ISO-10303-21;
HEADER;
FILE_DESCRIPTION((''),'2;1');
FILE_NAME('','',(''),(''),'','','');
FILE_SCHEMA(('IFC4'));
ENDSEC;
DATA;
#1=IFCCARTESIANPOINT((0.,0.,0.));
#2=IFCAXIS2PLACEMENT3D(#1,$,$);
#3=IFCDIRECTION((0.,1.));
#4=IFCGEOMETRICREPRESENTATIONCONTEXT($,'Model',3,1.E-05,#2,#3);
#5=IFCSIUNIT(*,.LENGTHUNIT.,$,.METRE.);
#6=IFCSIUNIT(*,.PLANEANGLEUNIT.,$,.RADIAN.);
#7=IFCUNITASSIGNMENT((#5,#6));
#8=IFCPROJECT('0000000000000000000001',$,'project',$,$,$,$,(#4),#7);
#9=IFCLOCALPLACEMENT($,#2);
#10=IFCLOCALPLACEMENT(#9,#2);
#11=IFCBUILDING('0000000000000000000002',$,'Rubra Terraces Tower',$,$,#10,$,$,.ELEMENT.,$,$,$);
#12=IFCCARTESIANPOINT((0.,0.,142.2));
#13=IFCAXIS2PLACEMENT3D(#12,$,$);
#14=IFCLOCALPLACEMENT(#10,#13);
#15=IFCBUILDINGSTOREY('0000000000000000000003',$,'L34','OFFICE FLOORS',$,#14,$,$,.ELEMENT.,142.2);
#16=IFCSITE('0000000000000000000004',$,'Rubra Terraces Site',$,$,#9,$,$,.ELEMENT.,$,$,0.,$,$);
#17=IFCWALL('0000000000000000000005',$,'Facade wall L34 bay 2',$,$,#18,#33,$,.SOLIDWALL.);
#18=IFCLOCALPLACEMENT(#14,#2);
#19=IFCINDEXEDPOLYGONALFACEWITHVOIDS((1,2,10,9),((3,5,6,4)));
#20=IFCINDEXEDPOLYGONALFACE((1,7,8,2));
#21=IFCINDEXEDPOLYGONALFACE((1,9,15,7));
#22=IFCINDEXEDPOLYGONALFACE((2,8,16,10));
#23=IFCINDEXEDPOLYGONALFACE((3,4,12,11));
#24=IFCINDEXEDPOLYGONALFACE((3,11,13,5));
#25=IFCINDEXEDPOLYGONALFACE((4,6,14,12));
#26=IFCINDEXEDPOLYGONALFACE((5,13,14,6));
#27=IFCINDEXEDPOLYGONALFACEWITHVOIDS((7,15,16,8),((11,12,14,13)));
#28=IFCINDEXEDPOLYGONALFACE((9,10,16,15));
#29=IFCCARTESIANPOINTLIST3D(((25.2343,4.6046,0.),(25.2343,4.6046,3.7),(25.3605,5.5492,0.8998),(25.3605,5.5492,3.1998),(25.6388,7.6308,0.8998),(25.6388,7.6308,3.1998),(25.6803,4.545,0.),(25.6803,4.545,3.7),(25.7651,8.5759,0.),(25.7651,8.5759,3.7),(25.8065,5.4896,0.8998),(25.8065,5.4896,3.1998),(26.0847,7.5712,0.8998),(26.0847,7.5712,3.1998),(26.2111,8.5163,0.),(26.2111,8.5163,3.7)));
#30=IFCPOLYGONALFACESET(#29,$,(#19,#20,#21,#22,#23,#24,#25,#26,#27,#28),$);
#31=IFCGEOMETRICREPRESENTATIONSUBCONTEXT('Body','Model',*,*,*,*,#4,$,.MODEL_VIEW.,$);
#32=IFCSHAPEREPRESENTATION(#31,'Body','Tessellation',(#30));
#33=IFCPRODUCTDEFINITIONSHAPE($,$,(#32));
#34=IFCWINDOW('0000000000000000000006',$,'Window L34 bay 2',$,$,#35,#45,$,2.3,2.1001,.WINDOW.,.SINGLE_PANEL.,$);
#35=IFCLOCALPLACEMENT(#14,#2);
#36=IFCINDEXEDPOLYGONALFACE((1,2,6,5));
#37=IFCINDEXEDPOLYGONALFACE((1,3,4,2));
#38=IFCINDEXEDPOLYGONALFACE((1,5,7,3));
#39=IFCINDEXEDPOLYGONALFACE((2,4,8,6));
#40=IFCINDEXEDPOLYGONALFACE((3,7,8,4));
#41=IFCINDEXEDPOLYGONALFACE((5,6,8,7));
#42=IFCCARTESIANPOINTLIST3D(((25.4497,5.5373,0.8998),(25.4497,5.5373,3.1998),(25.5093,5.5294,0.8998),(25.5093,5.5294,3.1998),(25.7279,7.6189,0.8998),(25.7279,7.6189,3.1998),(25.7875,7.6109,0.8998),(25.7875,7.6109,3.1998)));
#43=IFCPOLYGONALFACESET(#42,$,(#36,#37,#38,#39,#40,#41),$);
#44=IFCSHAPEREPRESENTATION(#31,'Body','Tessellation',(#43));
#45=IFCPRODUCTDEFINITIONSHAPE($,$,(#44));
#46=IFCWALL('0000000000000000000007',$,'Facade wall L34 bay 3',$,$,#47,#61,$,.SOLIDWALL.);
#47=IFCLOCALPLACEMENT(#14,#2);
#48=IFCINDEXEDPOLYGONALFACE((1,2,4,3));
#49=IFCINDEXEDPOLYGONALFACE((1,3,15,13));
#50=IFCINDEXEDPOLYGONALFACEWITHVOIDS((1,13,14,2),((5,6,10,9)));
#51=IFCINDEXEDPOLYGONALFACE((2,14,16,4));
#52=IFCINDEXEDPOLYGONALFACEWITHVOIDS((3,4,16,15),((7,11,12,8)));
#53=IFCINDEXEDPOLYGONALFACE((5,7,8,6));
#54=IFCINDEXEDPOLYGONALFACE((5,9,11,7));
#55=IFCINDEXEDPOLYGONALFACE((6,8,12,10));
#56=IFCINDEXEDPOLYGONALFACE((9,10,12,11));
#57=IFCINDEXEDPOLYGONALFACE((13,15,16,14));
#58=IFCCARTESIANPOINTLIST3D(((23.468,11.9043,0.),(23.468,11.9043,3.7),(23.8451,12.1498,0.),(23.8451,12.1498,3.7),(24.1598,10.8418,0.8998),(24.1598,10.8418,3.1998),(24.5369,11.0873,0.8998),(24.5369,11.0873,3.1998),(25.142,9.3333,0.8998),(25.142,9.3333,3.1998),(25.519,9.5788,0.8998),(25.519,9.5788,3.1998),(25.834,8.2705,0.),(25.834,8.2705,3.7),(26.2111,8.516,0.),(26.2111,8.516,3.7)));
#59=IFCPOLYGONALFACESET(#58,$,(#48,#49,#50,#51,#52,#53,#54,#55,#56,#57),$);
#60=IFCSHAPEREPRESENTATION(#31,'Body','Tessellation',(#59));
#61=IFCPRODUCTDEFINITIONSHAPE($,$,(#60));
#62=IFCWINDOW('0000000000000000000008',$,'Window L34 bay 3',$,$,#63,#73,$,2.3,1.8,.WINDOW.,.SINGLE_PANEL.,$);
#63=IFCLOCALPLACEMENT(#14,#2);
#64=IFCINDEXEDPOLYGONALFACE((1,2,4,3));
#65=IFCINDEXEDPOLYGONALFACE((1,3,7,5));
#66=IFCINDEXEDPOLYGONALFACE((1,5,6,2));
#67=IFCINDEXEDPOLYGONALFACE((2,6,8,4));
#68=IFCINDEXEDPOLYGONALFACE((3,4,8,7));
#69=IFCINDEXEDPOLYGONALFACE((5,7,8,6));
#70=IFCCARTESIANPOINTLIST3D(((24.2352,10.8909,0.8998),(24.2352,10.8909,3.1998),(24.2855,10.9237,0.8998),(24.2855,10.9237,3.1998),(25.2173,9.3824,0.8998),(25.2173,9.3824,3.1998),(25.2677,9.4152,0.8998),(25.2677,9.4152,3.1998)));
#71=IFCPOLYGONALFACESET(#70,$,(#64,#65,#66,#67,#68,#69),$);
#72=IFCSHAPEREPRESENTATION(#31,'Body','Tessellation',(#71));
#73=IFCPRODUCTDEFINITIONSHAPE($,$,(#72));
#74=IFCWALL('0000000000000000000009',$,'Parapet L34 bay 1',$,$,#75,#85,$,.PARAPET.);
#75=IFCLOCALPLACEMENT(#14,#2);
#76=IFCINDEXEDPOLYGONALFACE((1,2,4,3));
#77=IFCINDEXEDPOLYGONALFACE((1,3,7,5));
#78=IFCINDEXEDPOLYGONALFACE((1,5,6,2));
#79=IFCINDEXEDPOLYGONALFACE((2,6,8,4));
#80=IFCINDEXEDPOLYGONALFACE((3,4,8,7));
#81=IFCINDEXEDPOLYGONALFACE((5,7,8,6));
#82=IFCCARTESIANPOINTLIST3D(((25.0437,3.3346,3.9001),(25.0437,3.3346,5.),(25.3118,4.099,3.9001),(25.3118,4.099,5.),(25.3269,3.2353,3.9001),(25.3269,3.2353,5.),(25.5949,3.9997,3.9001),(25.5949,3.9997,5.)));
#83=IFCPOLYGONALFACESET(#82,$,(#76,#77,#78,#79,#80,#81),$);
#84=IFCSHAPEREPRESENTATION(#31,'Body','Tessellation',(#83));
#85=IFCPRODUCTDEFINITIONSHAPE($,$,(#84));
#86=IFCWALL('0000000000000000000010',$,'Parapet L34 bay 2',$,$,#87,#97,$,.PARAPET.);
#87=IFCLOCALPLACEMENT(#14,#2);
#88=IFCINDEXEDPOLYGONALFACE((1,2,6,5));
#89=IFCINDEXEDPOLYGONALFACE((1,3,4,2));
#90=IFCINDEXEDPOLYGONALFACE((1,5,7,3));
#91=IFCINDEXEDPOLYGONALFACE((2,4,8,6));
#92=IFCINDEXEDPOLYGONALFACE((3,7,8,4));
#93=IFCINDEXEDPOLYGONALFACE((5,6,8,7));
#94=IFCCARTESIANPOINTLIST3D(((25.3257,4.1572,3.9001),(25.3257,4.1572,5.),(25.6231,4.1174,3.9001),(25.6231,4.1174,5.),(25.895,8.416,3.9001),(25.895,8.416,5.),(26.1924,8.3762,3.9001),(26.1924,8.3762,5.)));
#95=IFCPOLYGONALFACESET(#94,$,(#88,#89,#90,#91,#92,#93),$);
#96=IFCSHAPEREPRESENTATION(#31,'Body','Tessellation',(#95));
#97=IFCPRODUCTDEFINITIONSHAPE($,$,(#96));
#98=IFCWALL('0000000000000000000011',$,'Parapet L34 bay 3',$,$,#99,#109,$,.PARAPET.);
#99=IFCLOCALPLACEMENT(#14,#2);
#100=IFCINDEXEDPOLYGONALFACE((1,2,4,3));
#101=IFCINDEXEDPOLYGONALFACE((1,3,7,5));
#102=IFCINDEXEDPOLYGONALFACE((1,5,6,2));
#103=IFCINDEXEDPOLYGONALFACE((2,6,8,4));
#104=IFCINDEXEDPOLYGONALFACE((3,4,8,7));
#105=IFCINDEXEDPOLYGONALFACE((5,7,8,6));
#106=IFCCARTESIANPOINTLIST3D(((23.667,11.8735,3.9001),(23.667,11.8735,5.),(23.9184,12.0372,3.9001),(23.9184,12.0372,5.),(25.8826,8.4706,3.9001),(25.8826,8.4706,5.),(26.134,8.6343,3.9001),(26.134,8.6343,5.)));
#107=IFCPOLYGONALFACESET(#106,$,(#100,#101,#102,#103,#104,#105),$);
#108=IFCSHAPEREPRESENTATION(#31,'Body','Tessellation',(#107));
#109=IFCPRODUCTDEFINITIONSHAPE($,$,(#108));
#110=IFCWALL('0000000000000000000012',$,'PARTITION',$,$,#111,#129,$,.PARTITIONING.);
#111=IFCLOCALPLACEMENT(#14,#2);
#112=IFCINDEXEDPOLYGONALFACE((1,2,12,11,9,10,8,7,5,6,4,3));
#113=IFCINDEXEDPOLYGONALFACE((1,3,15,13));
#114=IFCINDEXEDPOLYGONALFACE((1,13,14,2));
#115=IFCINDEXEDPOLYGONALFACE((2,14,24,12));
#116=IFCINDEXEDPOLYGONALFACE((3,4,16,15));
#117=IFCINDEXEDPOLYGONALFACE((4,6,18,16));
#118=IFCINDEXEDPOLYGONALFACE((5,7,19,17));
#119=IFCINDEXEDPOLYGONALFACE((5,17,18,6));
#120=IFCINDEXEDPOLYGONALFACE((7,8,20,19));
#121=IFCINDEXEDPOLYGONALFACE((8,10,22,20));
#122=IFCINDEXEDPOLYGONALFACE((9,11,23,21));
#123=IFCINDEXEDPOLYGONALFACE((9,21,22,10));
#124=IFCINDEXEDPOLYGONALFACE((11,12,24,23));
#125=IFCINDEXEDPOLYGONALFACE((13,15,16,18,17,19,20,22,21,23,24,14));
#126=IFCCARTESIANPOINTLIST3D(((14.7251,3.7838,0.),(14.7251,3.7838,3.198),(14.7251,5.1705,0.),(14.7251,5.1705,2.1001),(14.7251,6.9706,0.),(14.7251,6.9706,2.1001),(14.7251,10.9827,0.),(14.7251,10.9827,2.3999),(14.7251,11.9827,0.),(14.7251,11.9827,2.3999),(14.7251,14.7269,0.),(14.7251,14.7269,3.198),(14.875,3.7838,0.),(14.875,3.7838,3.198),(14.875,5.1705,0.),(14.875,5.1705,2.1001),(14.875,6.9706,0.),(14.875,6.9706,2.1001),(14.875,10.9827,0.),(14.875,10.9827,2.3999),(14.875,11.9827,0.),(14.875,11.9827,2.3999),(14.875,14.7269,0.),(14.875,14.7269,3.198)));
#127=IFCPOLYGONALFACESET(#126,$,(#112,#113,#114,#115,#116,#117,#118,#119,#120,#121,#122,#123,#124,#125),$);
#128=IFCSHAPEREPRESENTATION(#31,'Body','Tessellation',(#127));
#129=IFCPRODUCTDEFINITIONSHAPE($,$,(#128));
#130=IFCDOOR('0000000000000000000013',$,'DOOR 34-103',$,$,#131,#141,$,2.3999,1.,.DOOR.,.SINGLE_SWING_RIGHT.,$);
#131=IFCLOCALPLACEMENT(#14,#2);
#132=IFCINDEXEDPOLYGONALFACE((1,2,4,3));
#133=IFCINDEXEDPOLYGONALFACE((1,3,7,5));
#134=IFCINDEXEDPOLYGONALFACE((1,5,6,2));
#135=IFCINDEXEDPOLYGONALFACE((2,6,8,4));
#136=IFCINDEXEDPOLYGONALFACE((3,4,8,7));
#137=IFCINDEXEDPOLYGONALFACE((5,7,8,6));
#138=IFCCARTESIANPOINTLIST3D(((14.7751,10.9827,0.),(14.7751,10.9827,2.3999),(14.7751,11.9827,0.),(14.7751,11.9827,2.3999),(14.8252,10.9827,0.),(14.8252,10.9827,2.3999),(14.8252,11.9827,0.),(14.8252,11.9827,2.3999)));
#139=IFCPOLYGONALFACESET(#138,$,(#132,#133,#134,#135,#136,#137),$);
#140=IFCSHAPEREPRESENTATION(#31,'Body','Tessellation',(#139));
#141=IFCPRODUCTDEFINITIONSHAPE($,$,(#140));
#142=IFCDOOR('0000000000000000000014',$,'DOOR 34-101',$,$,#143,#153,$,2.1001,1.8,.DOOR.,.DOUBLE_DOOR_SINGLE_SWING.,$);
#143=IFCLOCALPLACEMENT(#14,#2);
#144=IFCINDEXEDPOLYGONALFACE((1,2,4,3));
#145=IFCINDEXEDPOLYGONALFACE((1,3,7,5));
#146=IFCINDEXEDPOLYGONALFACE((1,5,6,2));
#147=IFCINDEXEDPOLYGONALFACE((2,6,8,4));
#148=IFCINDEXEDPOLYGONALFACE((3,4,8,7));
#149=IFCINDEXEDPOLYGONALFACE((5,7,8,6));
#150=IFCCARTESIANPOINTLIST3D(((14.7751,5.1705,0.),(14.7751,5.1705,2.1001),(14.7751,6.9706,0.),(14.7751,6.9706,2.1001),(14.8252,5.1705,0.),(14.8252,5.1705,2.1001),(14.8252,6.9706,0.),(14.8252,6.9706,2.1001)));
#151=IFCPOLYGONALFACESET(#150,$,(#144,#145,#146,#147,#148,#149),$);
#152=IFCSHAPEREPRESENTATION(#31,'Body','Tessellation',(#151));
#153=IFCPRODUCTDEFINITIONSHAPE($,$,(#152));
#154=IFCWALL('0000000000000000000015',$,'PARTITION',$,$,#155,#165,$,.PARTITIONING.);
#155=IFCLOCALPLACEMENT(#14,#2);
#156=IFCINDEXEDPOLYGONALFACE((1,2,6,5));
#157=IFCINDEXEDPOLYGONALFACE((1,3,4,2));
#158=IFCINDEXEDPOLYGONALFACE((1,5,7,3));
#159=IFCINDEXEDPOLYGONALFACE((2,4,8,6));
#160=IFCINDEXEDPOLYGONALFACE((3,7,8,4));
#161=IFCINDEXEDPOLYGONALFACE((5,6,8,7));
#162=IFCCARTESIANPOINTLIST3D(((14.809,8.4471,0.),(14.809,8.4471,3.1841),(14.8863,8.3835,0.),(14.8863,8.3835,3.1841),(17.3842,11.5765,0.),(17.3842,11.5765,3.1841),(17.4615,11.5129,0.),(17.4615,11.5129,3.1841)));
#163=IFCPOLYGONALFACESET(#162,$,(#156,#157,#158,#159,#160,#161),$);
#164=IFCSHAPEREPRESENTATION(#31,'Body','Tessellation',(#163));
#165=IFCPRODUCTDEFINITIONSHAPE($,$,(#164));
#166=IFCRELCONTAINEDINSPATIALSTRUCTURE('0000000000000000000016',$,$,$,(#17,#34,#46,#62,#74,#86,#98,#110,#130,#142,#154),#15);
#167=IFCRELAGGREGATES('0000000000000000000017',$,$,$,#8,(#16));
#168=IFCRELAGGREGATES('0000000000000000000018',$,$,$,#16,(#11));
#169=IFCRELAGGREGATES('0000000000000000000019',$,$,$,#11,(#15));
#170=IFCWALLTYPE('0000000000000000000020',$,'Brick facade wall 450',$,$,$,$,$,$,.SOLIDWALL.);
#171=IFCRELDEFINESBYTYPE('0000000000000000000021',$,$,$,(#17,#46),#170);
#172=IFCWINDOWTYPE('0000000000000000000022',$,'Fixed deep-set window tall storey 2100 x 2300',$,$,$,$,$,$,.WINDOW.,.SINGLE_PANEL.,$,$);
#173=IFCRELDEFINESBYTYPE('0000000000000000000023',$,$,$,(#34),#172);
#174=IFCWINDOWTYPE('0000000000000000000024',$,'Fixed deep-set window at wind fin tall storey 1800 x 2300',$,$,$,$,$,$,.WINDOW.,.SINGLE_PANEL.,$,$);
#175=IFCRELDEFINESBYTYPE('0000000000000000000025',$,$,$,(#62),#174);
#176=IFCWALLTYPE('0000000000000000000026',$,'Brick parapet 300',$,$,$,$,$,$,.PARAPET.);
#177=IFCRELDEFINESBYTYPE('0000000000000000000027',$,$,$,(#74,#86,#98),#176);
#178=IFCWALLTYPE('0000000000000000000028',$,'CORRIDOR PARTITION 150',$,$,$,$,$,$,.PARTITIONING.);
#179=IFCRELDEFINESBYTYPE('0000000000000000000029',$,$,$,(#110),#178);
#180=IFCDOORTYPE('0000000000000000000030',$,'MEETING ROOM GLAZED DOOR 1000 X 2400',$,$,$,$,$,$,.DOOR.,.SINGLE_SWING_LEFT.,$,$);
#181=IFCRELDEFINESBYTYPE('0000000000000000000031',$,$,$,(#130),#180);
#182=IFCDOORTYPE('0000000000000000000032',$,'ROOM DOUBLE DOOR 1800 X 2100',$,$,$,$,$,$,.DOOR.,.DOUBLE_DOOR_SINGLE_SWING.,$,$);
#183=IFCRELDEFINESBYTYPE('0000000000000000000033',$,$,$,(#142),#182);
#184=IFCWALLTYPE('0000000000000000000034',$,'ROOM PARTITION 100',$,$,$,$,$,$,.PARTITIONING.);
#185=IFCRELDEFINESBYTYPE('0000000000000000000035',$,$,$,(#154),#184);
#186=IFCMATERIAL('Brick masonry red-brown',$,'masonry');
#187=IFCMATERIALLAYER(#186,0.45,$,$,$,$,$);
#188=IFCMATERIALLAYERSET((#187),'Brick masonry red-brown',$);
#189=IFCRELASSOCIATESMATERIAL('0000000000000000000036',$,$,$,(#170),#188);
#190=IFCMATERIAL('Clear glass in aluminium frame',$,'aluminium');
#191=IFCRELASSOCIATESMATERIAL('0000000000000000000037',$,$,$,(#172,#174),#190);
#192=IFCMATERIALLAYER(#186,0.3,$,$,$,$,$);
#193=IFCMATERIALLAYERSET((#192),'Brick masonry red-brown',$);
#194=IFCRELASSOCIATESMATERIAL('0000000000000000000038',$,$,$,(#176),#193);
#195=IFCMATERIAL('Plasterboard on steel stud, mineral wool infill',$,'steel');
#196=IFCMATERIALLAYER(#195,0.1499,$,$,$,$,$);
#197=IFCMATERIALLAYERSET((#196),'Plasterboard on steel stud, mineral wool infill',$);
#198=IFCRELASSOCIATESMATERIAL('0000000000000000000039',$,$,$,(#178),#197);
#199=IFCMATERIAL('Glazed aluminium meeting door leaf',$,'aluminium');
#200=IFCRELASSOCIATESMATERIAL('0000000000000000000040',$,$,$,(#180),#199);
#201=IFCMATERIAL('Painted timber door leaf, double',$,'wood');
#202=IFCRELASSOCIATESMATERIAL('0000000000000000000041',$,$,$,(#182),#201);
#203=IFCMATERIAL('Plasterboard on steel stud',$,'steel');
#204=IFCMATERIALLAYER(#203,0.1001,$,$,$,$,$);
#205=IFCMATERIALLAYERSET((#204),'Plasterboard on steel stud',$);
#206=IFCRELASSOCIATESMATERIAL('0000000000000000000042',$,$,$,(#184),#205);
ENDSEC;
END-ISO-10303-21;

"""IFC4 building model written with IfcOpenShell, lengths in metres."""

from ifc_helpers import new_model, si_unit, direction, frame, frame_2d, origin, place, context, subcontext, project, spatial, rectangle, extrude, material, layer, layer_set, type_object, element, fill, save


model = new_model("IFC4")

# Units and contexts
model_context = context("Model", 3, precision=1e-05, world=origin(), true_north=direction((0.0, 1.0)))
body_context = subcontext(model_context, "Body", "Model", "MODEL_VIEW")
ifc_project = project(units=[si_unit("LENGTHUNIT", "METRE"), si_unit("PLANEANGLEUNIT", "RADIAN")], contexts=[model_context])

# Site, building, storey
site_placement = place(None, origin())
site = spatial("IfcSite", under=ifc_project, at=site_placement, Name="Rubra Terraces Site", CompositionType="ELEMENT", RefElevation=0.0)
building_placement = place(site_placement, origin())
building = spatial("IfcBuilding", under=site, at=building_placement, Name="Rubra Terraces Tower", CompositionType="ELEMENT")
storey_placement = place(building_placement, frame((0.0, 0.0, 142.2)))
storey = spatial("IfcBuildingStorey", under=building, at=storey_placement, Name="L34", Description="OFFICE FLOORS", CompositionType="ELEMENT", Elevation=142.2)

# Walls, openings, windows
ifc_material_1 = material(Name="Brick masonry red-brown", Category="masonry")
ifc_layer_1 = layer(ifc_material_1, 0.45)
ifc_layer_set_1 = layer_set([ifc_layer_1], Name="Brick masonry red-brown")
wall_type_1 = type_object("IfcWallType", Name="Brick facade wall 450", PredefinedType="SOLIDWALL", material=ifc_layer_set_1)
wall_1_placement = place(storey_placement, frame((25.4573, 4.5747, 0.0), z_axis=(0.0, 0.0, 1.0), x_axis=(0.132475, 0.991186, 0.0)))
wall_1 = element("IfcWall", 1, at=wall_1_placement, inside=storey, type_object=wall_type_1, Name="Facade wall L34 bay 2", PredefinedType="SOLIDWALL", context=body_context, shape_type="SweptSolid", body=[
    extrude(rectangle(XDim=4.0066, YDim=0.45, at=frame_2d((2.0034, 0.0))), origin(), (0.0, 0.0, 1.0), 3.7),
])
opening_1_placement = place(wall_1_placement, frame((0.9531, 0.0, 0.8999)))
opening_1 = element("IfcOpeningElement", 2, at=opening_1_placement, cuts=wall_1, PredefinedType="OPENING", context=body_context, shape_type="SweptSolid", body=[
    extrude(rectangle(XDim=2.1001, YDim=2.3, at=frame_2d((1.05, 1.1499))), frame((0.0, 0.2349, 0.0), z_axis=(0.0, -1.0, 0.0), x_axis=(1.0, 0.0, 0.0)), (0.0, 0.0, 1.0), 0.47),
])
ifc_material_2 = material(Name="Clear glass in aluminium frame", Category="aluminium")
window_type_1 = type_object("IfcWindowType", Name="Fixed deep-set window tall storey 2100 x 2300", PartitioningType="SINGLE_PANEL", PredefinedType="WINDOW", material=ifc_material_2)
window_1_placement = place(opening_1_placement, origin())
window_1 = element("IfcWindow", 3, at=window_1_placement, inside=storey, type_object=window_type_1, Name="Window L34 bay 2", OverallHeight=2.3, OverallWidth=2.1001, PartitioningType="SINGLE_PANEL", PredefinedType="WINDOW", context=body_context, shape_type="SweptSolid", body=[
    extrude(rectangle(XDim=2.1001, YDim=2.3, at=frame_2d((1.05, 1.1499))), frame((0.0, 0.135, 0.0), z_axis=(0.0, -1.0, 0.0), x_axis=(1.0, 0.0, 0.0)), (0.0, 0.0, 1.0), 0.0601),
])
fill(opening_1, window_1)
wall_2_placement = place(storey_placement, frame((26.0225, 8.3933, 0.0), z_axis=(0.0, 0.0, 1.0), x_axis=(-0.545637, 0.838021, 0.0)))
wall_2 = element("IfcWall", 4, at=wall_2_placement, inside=storey, type_object=wall_type_1, Name="Facade wall L34 bay 3", PredefinedType="SOLIDWALL", context=body_context, shape_type="SweptSolid", body=[
    extrude(rectangle(XDim=4.3362, YDim=0.45, at=frame_2d((2.168, 0.0))), origin(), (0.0, 0.0, 1.0), 3.7),
])
opening_2_placement = place(wall_2_placement, frame((1.2683, 0.0, 0.8999)))
opening_2 = element("IfcOpeningElement", 5, at=opening_2_placement, cuts=wall_2, PredefinedType="OPENING", context=body_context, shape_type="SweptSolid", body=[
    extrude(rectangle(XDim=1.8, YDim=2.3, at=frame_2d((0.8999, 1.1499))), frame((0.0, 0.2349, 0.0), z_axis=(0.0, -1.0, 0.0), x_axis=(1.0, 0.0, 0.0)), (0.0, 0.0, 1.0), 0.47),
])
window_type_2 = type_object("IfcWindowType", Name="Fixed deep-set window at wind fin tall storey 1800 x 2300", PartitioningType="SINGLE_PANEL", PredefinedType="WINDOW", material=ifc_material_2)
window_2_placement = place(opening_2_placement, origin())
window_2 = element("IfcWindow", 6, at=window_2_placement, inside=storey, type_object=window_type_2, Name="Window L34 bay 3", OverallHeight=2.3, OverallWidth=1.8, PartitioningType="SINGLE_PANEL", PredefinedType="WINDOW", context=body_context, shape_type="SweptSolid", body=[
    extrude(rectangle(XDim=1.8, YDim=2.3, at=frame_2d((0.8999, 1.1499))), frame((0.0, 0.135, 0.0), z_axis=(0.0, -1.0, 0.0), x_axis=(1.0, 0.0, 0.0)), (0.0, 0.0, 1.0), 0.0601),
])
fill(opening_2, window_2)

# Walls
ifc_layer_2 = layer(ifc_material_1, 0.3)
ifc_layer_set_2 = layer_set([ifc_layer_2], Name="Brick masonry red-brown")
wall_type_2 = type_object("IfcWallType", Name="Brick parapet 300", PredefinedType="PARAPET", material=ifc_layer_set_2)
wall_3_placement = place(storey_placement, frame((25.1853, 3.2849, 3.9001), z_axis=(0.0, 0.0, 1.0), x_axis=(0.330928, 0.943656, 0.0)))
element("IfcWall", 7, at=wall_3_placement, inside=storey, type_object=wall_type_2, Name="Parapet L34 bay 1", PredefinedType="PARAPET", context=body_context, shape_type="SweptSolid", body=[
    extrude(rectangle(XDim=0.8101, YDim=0.3, at=frame_2d((0.405, 0.0))), origin(), (0.0, 0.0, 1.0), 1.0999),
])
wall_4_placement = place(storey_placement, frame((25.4744, 4.1372, 3.9001), z_axis=(0.0, 0.0, 1.0), x_axis=(0.132506, 0.991182, 0.0)))
element("IfcWall", 8, at=wall_4_placement, inside=storey, type_object=wall_type_2, Name="Parapet L34 bay 2", PredefinedType="PARAPET", context=body_context, shape_type="SweptSolid", body=[
    extrude(rectangle(XDim=4.2966, YDim=0.3, at=frame_2d((2.1484, 0.0))), origin(), (0.0, 0.0, 1.0), 1.0999),
])
wall_5_placement = place(storey_placement, frame((26.0083, 8.5525, 3.9001), z_axis=(0.0, 0.0, 1.0), x_axis=(-0.545635, 0.838023, 0.0)))
element("IfcWall", 9, at=wall_5_placement, inside=storey, type_object=wall_type_2, Name="Parapet L34 bay 3", PredefinedType="PARAPET", context=body_context, shape_type="SweptSolid", body=[
    extrude(rectangle(XDim=4.0605, YDim=0.3, at=frame_2d((2.0303, 0.0))), origin(), (0.0, 0.0, 1.0), 1.0999),
])

# Wall, openings, doors
ifc_material_3 = material(Name="Plasterboard on steel stud, mineral wool infill", Category="steel")
ifc_layer_3 = layer(ifc_material_3, 0.1499)
ifc_layer_set_3 = layer_set([ifc_layer_3], Name="Plasterboard on steel stud, mineral wool infill")
wall_type_3 = type_object("IfcWallType", Name="CORRIDOR PARTITION 150", PredefinedType="PARTITIONING", material=ifc_layer_set_3)
wall_6_placement = place(storey_placement, frame((14.8, 3.7837, 0.0), z_axis=(0.0, 0.0, 1.0), x_axis=(0.0, 1.0, 0.0)))
wall_6 = element("IfcWall", 10, at=wall_6_placement, inside=storey, type_object=wall_type_3, Name="PARTITION", PredefinedType="PARTITIONING", context=body_context, shape_type="SweptSolid", body=[
    extrude(rectangle(XDim=10.9431, YDim=0.1499, at=frame_2d((5.4717, 0.0))), origin(), (0.0, 0.0, 1.0), 3.198),
])
opening_3_placement = place(wall_6_placement, frame((1.387, 0.0, 0.0)))
opening_3 = element("IfcOpeningElement", 11, at=opening_3_placement, cuts=wall_6, PredefinedType="OPENING", context=body_context, shape_type="SweptSolid", body=[
    extrude(rectangle(XDim=1.8, YDim=2.1001, at=frame_2d((0.8999, 1.05))), frame((0.0, 0.085, 0.0), z_axis=(0.0, -1.0, 0.0), x_axis=(1.0, 0.0, 0.0)), (0.0, 0.0, 1.0), 0.1699),
])
opening_4_placement = place(wall_6_placement, frame((7.199, 0.0, 0.0)))
opening_4 = element("IfcOpeningElement", 12, at=opening_4_placement, cuts=wall_6, PredefinedType="OPENING", context=body_context, shape_type="SweptSolid", body=[
    extrude(rectangle(XDim=1.0, YDim=2.3999, at=frame_2d((0.5, 1.2))), frame((0.0, 0.085, 0.0), z_axis=(0.0, -1.0, 0.0), x_axis=(1.0, 0.0, 0.0)), (0.0, 0.0, 1.0), 0.1699),
])
ifc_material_4 = material(Name="Glazed aluminium meeting door leaf", Category="aluminium")
door_type_1 = type_object("IfcDoorType", Name="MEETING ROOM GLAZED DOOR 1000 X 2400", OperationType="SINGLE_SWING_LEFT", PredefinedType="DOOR", material=ifc_material_4)
door_1_placement = place(opening_4_placement, origin())
door_1 = element("IfcDoor", 13, at=door_1_placement, inside=storey, type_object=door_type_1, Name="DOOR 34-103", OperationType="SINGLE_SWING_RIGHT", OverallHeight=2.3999, OverallWidth=1.0, PredefinedType="DOOR", context=body_context, shape_type="SweptSolid", body=[
    extrude(rectangle(XDim=1.0, YDim=2.3999, at=frame_2d((0.5, 1.2))), frame((0.0, 0.0249, 0.0), z_axis=(0.0, -1.0, 0.0), x_axis=(1.0, 0.0, 0.0)), (0.0, 0.0, 1.0), 0.05),
])
fill(opening_4, door_1)
ifc_material_5 = material(Name="Painted timber door leaf, double", Category="wood")
door_type_2 = type_object("IfcDoorType", Name="ROOM DOUBLE DOOR 1800 X 2100", OperationType="DOUBLE_DOOR_SINGLE_SWING", PredefinedType="DOOR", material=ifc_material_5)
door_2_placement = place(opening_3_placement, origin())
door_2 = element("IfcDoor", 14, at=door_2_placement, inside=storey, type_object=door_type_2, Name="DOOR 34-101", OperationType="DOUBLE_DOOR_SINGLE_SWING", OverallHeight=2.1001, OverallWidth=1.8, PredefinedType="DOOR", context=body_context, shape_type="SweptSolid", body=[
    extrude(rectangle(XDim=1.8, YDim=2.1001, at=frame_2d((0.8999, 1.05))), frame((0.0, 0.0249, 0.0), z_axis=(0.0, -1.0, 0.0), x_axis=(1.0, 0.0, 0.0)), (0.0, 0.0, 1.0), 0.05),
])
fill(opening_3, door_2)

# Wall
ifc_material_6 = material(Name="Plasterboard on steel stud", Category="steel")
ifc_layer_4 = layer(ifc_material_6, 0.1001)
ifc_layer_set_4 = layer_set([ifc_layer_4], Name="Plasterboard on steel stud")
wall_type_4 = type_object("IfcWallType", Name="ROOM PARTITION 100", PredefinedType="PARTITIONING", material=ifc_layer_set_4)
wall_7_placement = place(storey_placement, frame((14.8477, 8.4153, 0.0), z_axis=(0.0, 0.0, 1.0), x_axis=(0.63542, 0.772167, 0.0)))
element("IfcWall", 15, at=wall_7_placement, inside=storey, type_object=wall_type_4, Name="PARTITION", PredefinedType="PARTITIONING", context=body_context, shape_type="SweptSolid", body=[
    extrude(rectangle(XDim=4.0527, YDim=0.1001, at=frame_2d((2.0264, 0.0))), origin(), (0.0, 0.0, 1.0), 3.1841),
])

save(model, "model.ifc")
